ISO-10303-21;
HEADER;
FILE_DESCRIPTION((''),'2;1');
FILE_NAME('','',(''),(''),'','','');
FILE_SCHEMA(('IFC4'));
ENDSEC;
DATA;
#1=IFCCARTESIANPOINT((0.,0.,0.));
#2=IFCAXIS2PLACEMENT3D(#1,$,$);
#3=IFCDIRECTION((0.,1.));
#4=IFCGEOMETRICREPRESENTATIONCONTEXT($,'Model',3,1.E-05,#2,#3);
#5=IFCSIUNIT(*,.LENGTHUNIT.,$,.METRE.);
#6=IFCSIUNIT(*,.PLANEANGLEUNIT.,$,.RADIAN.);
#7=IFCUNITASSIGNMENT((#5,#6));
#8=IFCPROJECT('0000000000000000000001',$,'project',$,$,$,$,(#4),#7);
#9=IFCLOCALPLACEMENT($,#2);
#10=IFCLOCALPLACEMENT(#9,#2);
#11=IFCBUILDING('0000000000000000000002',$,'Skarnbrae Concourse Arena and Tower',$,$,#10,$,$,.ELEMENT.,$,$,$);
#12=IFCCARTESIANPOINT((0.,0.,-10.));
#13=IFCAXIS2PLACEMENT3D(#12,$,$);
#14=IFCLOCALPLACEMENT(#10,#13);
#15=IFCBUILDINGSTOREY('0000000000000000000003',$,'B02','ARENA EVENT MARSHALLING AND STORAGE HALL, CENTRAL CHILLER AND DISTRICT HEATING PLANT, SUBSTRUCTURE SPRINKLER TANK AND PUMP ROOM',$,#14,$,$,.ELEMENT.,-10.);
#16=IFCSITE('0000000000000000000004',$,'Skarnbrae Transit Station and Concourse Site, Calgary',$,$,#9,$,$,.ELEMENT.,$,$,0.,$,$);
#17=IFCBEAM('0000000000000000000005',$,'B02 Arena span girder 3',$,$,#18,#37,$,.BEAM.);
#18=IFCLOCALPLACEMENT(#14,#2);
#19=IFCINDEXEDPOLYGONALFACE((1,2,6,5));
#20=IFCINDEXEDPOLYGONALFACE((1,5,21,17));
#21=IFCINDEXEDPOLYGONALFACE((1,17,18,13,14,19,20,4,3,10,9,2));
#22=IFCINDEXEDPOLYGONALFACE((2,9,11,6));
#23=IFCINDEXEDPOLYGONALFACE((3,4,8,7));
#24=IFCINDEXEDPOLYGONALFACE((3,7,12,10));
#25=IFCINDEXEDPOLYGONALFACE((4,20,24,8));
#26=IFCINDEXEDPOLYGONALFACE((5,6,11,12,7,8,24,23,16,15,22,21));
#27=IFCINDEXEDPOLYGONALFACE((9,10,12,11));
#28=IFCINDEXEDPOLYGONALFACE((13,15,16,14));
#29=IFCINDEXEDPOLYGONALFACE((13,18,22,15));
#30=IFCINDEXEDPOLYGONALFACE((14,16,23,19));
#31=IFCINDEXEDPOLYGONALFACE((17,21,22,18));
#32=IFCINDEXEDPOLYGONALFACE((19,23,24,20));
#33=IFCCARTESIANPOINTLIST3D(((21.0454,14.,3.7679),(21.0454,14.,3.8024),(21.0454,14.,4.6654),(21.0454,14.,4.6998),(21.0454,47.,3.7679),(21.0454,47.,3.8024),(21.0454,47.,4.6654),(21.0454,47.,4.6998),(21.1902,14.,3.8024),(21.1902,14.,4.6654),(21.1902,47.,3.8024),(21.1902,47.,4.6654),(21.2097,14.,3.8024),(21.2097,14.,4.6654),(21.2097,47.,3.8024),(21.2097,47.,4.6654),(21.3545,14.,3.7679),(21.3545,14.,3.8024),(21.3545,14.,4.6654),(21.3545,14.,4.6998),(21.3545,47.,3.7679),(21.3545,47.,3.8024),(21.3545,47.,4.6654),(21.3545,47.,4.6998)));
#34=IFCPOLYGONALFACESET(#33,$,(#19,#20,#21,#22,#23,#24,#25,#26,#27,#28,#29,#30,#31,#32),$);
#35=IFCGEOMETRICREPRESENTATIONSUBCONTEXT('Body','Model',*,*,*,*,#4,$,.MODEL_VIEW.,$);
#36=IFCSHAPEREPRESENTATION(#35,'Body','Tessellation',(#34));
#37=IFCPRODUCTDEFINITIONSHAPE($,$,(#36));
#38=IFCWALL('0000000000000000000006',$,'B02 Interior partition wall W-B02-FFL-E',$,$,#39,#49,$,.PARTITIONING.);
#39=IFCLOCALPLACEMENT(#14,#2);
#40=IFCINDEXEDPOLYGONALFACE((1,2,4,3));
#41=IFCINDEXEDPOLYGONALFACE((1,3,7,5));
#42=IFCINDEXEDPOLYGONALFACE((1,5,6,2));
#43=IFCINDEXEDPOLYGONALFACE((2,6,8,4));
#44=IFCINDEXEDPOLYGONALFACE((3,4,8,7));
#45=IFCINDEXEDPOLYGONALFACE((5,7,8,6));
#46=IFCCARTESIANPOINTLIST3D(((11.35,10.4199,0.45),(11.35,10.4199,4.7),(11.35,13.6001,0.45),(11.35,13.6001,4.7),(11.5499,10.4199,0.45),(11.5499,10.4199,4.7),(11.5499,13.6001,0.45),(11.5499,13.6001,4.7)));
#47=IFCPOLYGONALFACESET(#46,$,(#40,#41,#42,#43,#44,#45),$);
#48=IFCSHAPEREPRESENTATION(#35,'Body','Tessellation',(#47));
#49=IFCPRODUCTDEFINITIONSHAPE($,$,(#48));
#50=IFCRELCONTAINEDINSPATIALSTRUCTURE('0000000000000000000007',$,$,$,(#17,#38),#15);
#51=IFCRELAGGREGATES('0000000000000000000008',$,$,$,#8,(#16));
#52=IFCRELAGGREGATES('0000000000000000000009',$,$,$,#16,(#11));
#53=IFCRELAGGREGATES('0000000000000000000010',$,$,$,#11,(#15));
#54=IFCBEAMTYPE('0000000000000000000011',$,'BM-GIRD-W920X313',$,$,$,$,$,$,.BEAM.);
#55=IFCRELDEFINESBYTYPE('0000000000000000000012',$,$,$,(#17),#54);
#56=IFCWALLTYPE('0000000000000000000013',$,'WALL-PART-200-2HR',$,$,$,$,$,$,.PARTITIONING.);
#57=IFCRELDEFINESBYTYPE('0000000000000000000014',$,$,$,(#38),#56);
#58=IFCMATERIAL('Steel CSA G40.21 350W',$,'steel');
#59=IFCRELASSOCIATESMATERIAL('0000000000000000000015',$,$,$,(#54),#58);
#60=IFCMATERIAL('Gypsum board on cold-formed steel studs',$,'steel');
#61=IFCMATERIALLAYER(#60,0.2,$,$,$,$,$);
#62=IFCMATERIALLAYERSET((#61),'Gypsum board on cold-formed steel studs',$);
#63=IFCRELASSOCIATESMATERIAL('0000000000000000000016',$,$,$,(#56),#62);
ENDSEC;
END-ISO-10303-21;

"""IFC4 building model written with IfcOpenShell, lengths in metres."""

from ifc_helpers import new_model, si_unit, direction, frame, frame_2d, origin, origin_2d, place, context, subcontext, project, spatial, rectangle, i_section, extrude, source, transform, mapped, material, layer, layer_set, material_profile, profile_set, type_object, element, save


model = new_model("IFC4")

# Units and contexts
model_context = context("Model", 3, precision=1e-05, world=origin(), true_north=direction((0.0, 1.0)))
body_context = subcontext(model_context, "Body", "Model", "MODEL_VIEW")
ifc_project = project(units=[si_unit("LENGTHUNIT", "METRE"), si_unit("PLANEANGLEUNIT", "RADIAN")], contexts=[model_context])

# Site, building, storey
site_placement = place(None, origin())
site = spatial("IfcSite", under=ifc_project, at=site_placement, Name="Skarnbrae Transit Station and Concourse Site, Calgary", CompositionType="ELEMENT", RefElevation=0.0)
building_placement = place(site_placement, origin())
building = spatial("IfcBuilding", under=site, at=building_placement, Name="Skarnbrae Concourse Arena and Tower", CompositionType="ELEMENT")
storey_placement = place(building_placement, frame((0.0, 0.0, -10.0)))
storey = spatial("IfcBuildingStorey", under=building, at=storey_placement, Name="B02", Description="ARENA EVENT MARSHALLING AND STORAGE HALL, CENTRAL CHILLER AND DISTRICT HEATING PLANT, SUBSTRUCTURE SPRINKLER TANK AND PUMP ROOM", CompositionType="ELEMENT", Elevation=-10.0)

# Shared definitions
ifc_material_1 = material(Name="Steel CSA G40.21 350W", Category="steel")

# Beam
ifc_material_profile_1 = material_profile(ifc_material_1, i_section(OverallWidth=0.3091, OverallDepth=0.9319, WebThickness=0.0195, FlangeThickness=0.0344, at=origin_2d()), Name="W920X313")
ifc_profile_set_1 = profile_set([ifc_material_profile_1], Name="Steel CSA G40.21 350W")
beam_type_1 = type_object("IfcBeamType", Name="BM-GIRD-W920X313", PredefinedType="BEAM", material=ifc_profile_set_1)
shared_shape_1 = source(origin(), body_context, "Body", "SweptSolid", [
    extrude(i_section(OverallWidth=0.3091, OverallDepth=0.9319, WebThickness=0.0195, FlangeThickness=0.0344, at=origin_2d()), origin(), (0.0, 0.0, 1.0), 33.0),
])
for number, where, z_axis, x_axis, name in (
    (1, (21.2, 14.0, 4.2339), (0.0, 1.0, 0.0), (-1.0, 0.0, 0.0), "B02 Arena span girder 3"),
):
    element("IfcBeam", number, at=place(storey_placement, frame(where, z_axis=z_axis, x_axis=x_axis)), inside=storey, type_object=beam_type_1, Name=name, PredefinedType="BEAM", context=body_context, shape_type="MappedRepresentation", body=[
        mapped(shared_shape_1, transform((0.0, 0.0, 0.0))),
    ])

# Wall
ifc_material_2 = material(Name="Gypsum board on cold-formed steel studs", Category="steel")
ifc_layer_1 = layer(ifc_material_2, 0.2)
ifc_layer_set_1 = layer_set([ifc_layer_1], Name="Gypsum board on cold-formed steel studs")
wall_type_1 = type_object("IfcWallType", Name="WALL-PART-200-2HR", PredefinedType="PARTITIONING", material=ifc_layer_set_1)
shared_shape_2 = source(origin(), body_context, "Body", "SweptSolid", [
    extrude(rectangle(XDim=3.1802, YDim=0.2, at=frame_2d((1.5901, 0.0))), origin(), (0.0, 0.0, 1.0), 4.25),
])
wall_1_placement = place(storey_placement, frame((11.45, 10.4199, 0.45), z_axis=(0.0, 0.0, 1.0), x_axis=(0.0, 1.0, 0.0)))
element("IfcWall", 2, at=wall_1_placement, inside=storey, type_object=wall_type_1, Name="B02 Interior partition wall W-B02-FFL-E", PredefinedType="PARTITIONING", context=body_context, shape_type="MappedRepresentation", body=[
    mapped(shared_shape_2, transform((0.0, 0.0, 0.0))),
])

save(model, "model.ifc")
